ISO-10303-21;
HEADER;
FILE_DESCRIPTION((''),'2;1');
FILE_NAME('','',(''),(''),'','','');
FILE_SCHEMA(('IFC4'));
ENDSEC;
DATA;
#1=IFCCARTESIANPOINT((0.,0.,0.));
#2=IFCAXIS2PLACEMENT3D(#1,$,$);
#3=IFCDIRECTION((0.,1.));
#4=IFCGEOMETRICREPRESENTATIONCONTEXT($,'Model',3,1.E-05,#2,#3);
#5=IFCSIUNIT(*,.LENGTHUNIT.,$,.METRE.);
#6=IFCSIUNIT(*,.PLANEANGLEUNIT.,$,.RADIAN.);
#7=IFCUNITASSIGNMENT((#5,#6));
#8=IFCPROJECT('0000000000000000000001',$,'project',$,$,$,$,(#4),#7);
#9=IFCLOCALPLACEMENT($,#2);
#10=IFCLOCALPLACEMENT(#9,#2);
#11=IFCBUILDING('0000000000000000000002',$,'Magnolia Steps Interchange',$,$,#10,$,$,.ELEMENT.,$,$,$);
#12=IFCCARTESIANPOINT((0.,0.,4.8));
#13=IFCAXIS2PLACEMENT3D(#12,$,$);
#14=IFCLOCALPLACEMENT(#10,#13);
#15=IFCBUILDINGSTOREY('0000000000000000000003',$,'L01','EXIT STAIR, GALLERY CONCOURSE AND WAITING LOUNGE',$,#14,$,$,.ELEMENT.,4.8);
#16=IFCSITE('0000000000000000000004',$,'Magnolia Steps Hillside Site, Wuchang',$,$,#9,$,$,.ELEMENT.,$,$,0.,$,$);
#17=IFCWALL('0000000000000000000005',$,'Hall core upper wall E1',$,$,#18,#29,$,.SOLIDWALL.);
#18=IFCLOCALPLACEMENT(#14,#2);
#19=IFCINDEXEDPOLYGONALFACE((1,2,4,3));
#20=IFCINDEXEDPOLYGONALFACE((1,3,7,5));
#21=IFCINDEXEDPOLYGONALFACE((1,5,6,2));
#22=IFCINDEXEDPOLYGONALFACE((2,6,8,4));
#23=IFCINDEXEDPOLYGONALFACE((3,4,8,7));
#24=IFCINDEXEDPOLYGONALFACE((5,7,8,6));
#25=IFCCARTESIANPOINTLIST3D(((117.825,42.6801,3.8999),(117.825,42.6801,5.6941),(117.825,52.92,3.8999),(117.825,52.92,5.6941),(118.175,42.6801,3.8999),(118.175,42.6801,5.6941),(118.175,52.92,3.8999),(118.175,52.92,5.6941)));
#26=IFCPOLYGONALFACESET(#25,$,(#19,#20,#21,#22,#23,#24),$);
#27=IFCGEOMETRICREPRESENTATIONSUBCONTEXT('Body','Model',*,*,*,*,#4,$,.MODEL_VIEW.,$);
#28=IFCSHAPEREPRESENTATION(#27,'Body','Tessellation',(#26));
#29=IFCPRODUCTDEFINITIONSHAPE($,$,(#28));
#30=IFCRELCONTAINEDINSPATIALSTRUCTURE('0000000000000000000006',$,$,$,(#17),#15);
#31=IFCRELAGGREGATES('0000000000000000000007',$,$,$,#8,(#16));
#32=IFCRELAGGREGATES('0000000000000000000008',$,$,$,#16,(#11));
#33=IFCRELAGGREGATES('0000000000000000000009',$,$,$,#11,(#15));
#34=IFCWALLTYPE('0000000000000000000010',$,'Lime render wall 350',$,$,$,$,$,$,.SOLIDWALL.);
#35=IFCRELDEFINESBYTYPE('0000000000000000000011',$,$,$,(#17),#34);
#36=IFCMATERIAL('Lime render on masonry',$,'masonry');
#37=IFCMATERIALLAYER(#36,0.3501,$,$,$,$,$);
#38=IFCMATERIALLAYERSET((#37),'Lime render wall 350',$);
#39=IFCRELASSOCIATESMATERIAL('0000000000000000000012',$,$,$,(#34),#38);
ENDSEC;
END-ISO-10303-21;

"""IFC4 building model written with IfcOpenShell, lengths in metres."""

from ifc_helpers import new_model, si_unit, direction, frame, frame_2d, origin, place, context, subcontext, project, spatial, rectangle, extrude, material, layer, layer_set, type_object, element, save


model = new_model("IFC4")

# Units and contexts
model_context = context("Model", 3, precision=1e-05, world=origin(), true_north=direction((0.0, 1.0)))
body_context = subcontext(model_context, "Body", "Model", "MODEL_VIEW")
ifc_project = project(units=[si_unit("LENGTHUNIT", "METRE"), si_unit("PLANEANGLEUNIT", "RADIAN")], contexts=[model_context])

# Site, building, storey
site_placement = place(None, origin())
site = spatial("IfcSite", under=ifc_project, at=site_placement, Name="Magnolia Steps Hillside Site, Wuchang", CompositionType="ELEMENT", RefElevation=0.0)
building_placement = place(site_placement, origin())
building = spatial("IfcBuilding", under=site, at=building_placement, Name="Magnolia Steps Interchange", CompositionType="ELEMENT")
storey_placement = place(building_placement, frame((0.0, 0.0, 4.8)))
storey = spatial("IfcBuildingStorey", under=building, at=storey_placement, Name="L01", Description="EXIT STAIR, GALLERY CONCOURSE AND WAITING LOUNGE", CompositionType="ELEMENT", Elevation=4.8)

# Wall
ifc_material_1 = material(Name="Lime render on masonry", Category="masonry")
ifc_layer_1 = layer(ifc_material_1, 0.3501)
ifc_layer_set_1 = layer_set([ifc_layer_1], Name="Lime render wall 350")
wall_type_1 = type_object("IfcWallType", Name="Lime render wall 350", PredefinedType="SOLIDWALL", material=ifc_layer_set_1)
wall_1_placement = place(storey_placement, frame((118.0, 42.6799, 3.8999), z_axis=(0.0, 0.0, 1.0), x_axis=(0.0, 1.0, 0.0)))
element("IfcWall", 1, at=wall_1_placement, inside=storey, type_object=wall_type_1, Name="Hall core upper wall E1", PredefinedType="SOLIDWALL", context=body_context, shape_type="SweptSolid", body=[
    extrude(rectangle(XDim=10.24, YDim=0.3501, at=frame_2d((5.1201, 0.0))), origin(), (0.0, 0.0, 1.0), 1.7942),
])

save(model, "model.ifc")
